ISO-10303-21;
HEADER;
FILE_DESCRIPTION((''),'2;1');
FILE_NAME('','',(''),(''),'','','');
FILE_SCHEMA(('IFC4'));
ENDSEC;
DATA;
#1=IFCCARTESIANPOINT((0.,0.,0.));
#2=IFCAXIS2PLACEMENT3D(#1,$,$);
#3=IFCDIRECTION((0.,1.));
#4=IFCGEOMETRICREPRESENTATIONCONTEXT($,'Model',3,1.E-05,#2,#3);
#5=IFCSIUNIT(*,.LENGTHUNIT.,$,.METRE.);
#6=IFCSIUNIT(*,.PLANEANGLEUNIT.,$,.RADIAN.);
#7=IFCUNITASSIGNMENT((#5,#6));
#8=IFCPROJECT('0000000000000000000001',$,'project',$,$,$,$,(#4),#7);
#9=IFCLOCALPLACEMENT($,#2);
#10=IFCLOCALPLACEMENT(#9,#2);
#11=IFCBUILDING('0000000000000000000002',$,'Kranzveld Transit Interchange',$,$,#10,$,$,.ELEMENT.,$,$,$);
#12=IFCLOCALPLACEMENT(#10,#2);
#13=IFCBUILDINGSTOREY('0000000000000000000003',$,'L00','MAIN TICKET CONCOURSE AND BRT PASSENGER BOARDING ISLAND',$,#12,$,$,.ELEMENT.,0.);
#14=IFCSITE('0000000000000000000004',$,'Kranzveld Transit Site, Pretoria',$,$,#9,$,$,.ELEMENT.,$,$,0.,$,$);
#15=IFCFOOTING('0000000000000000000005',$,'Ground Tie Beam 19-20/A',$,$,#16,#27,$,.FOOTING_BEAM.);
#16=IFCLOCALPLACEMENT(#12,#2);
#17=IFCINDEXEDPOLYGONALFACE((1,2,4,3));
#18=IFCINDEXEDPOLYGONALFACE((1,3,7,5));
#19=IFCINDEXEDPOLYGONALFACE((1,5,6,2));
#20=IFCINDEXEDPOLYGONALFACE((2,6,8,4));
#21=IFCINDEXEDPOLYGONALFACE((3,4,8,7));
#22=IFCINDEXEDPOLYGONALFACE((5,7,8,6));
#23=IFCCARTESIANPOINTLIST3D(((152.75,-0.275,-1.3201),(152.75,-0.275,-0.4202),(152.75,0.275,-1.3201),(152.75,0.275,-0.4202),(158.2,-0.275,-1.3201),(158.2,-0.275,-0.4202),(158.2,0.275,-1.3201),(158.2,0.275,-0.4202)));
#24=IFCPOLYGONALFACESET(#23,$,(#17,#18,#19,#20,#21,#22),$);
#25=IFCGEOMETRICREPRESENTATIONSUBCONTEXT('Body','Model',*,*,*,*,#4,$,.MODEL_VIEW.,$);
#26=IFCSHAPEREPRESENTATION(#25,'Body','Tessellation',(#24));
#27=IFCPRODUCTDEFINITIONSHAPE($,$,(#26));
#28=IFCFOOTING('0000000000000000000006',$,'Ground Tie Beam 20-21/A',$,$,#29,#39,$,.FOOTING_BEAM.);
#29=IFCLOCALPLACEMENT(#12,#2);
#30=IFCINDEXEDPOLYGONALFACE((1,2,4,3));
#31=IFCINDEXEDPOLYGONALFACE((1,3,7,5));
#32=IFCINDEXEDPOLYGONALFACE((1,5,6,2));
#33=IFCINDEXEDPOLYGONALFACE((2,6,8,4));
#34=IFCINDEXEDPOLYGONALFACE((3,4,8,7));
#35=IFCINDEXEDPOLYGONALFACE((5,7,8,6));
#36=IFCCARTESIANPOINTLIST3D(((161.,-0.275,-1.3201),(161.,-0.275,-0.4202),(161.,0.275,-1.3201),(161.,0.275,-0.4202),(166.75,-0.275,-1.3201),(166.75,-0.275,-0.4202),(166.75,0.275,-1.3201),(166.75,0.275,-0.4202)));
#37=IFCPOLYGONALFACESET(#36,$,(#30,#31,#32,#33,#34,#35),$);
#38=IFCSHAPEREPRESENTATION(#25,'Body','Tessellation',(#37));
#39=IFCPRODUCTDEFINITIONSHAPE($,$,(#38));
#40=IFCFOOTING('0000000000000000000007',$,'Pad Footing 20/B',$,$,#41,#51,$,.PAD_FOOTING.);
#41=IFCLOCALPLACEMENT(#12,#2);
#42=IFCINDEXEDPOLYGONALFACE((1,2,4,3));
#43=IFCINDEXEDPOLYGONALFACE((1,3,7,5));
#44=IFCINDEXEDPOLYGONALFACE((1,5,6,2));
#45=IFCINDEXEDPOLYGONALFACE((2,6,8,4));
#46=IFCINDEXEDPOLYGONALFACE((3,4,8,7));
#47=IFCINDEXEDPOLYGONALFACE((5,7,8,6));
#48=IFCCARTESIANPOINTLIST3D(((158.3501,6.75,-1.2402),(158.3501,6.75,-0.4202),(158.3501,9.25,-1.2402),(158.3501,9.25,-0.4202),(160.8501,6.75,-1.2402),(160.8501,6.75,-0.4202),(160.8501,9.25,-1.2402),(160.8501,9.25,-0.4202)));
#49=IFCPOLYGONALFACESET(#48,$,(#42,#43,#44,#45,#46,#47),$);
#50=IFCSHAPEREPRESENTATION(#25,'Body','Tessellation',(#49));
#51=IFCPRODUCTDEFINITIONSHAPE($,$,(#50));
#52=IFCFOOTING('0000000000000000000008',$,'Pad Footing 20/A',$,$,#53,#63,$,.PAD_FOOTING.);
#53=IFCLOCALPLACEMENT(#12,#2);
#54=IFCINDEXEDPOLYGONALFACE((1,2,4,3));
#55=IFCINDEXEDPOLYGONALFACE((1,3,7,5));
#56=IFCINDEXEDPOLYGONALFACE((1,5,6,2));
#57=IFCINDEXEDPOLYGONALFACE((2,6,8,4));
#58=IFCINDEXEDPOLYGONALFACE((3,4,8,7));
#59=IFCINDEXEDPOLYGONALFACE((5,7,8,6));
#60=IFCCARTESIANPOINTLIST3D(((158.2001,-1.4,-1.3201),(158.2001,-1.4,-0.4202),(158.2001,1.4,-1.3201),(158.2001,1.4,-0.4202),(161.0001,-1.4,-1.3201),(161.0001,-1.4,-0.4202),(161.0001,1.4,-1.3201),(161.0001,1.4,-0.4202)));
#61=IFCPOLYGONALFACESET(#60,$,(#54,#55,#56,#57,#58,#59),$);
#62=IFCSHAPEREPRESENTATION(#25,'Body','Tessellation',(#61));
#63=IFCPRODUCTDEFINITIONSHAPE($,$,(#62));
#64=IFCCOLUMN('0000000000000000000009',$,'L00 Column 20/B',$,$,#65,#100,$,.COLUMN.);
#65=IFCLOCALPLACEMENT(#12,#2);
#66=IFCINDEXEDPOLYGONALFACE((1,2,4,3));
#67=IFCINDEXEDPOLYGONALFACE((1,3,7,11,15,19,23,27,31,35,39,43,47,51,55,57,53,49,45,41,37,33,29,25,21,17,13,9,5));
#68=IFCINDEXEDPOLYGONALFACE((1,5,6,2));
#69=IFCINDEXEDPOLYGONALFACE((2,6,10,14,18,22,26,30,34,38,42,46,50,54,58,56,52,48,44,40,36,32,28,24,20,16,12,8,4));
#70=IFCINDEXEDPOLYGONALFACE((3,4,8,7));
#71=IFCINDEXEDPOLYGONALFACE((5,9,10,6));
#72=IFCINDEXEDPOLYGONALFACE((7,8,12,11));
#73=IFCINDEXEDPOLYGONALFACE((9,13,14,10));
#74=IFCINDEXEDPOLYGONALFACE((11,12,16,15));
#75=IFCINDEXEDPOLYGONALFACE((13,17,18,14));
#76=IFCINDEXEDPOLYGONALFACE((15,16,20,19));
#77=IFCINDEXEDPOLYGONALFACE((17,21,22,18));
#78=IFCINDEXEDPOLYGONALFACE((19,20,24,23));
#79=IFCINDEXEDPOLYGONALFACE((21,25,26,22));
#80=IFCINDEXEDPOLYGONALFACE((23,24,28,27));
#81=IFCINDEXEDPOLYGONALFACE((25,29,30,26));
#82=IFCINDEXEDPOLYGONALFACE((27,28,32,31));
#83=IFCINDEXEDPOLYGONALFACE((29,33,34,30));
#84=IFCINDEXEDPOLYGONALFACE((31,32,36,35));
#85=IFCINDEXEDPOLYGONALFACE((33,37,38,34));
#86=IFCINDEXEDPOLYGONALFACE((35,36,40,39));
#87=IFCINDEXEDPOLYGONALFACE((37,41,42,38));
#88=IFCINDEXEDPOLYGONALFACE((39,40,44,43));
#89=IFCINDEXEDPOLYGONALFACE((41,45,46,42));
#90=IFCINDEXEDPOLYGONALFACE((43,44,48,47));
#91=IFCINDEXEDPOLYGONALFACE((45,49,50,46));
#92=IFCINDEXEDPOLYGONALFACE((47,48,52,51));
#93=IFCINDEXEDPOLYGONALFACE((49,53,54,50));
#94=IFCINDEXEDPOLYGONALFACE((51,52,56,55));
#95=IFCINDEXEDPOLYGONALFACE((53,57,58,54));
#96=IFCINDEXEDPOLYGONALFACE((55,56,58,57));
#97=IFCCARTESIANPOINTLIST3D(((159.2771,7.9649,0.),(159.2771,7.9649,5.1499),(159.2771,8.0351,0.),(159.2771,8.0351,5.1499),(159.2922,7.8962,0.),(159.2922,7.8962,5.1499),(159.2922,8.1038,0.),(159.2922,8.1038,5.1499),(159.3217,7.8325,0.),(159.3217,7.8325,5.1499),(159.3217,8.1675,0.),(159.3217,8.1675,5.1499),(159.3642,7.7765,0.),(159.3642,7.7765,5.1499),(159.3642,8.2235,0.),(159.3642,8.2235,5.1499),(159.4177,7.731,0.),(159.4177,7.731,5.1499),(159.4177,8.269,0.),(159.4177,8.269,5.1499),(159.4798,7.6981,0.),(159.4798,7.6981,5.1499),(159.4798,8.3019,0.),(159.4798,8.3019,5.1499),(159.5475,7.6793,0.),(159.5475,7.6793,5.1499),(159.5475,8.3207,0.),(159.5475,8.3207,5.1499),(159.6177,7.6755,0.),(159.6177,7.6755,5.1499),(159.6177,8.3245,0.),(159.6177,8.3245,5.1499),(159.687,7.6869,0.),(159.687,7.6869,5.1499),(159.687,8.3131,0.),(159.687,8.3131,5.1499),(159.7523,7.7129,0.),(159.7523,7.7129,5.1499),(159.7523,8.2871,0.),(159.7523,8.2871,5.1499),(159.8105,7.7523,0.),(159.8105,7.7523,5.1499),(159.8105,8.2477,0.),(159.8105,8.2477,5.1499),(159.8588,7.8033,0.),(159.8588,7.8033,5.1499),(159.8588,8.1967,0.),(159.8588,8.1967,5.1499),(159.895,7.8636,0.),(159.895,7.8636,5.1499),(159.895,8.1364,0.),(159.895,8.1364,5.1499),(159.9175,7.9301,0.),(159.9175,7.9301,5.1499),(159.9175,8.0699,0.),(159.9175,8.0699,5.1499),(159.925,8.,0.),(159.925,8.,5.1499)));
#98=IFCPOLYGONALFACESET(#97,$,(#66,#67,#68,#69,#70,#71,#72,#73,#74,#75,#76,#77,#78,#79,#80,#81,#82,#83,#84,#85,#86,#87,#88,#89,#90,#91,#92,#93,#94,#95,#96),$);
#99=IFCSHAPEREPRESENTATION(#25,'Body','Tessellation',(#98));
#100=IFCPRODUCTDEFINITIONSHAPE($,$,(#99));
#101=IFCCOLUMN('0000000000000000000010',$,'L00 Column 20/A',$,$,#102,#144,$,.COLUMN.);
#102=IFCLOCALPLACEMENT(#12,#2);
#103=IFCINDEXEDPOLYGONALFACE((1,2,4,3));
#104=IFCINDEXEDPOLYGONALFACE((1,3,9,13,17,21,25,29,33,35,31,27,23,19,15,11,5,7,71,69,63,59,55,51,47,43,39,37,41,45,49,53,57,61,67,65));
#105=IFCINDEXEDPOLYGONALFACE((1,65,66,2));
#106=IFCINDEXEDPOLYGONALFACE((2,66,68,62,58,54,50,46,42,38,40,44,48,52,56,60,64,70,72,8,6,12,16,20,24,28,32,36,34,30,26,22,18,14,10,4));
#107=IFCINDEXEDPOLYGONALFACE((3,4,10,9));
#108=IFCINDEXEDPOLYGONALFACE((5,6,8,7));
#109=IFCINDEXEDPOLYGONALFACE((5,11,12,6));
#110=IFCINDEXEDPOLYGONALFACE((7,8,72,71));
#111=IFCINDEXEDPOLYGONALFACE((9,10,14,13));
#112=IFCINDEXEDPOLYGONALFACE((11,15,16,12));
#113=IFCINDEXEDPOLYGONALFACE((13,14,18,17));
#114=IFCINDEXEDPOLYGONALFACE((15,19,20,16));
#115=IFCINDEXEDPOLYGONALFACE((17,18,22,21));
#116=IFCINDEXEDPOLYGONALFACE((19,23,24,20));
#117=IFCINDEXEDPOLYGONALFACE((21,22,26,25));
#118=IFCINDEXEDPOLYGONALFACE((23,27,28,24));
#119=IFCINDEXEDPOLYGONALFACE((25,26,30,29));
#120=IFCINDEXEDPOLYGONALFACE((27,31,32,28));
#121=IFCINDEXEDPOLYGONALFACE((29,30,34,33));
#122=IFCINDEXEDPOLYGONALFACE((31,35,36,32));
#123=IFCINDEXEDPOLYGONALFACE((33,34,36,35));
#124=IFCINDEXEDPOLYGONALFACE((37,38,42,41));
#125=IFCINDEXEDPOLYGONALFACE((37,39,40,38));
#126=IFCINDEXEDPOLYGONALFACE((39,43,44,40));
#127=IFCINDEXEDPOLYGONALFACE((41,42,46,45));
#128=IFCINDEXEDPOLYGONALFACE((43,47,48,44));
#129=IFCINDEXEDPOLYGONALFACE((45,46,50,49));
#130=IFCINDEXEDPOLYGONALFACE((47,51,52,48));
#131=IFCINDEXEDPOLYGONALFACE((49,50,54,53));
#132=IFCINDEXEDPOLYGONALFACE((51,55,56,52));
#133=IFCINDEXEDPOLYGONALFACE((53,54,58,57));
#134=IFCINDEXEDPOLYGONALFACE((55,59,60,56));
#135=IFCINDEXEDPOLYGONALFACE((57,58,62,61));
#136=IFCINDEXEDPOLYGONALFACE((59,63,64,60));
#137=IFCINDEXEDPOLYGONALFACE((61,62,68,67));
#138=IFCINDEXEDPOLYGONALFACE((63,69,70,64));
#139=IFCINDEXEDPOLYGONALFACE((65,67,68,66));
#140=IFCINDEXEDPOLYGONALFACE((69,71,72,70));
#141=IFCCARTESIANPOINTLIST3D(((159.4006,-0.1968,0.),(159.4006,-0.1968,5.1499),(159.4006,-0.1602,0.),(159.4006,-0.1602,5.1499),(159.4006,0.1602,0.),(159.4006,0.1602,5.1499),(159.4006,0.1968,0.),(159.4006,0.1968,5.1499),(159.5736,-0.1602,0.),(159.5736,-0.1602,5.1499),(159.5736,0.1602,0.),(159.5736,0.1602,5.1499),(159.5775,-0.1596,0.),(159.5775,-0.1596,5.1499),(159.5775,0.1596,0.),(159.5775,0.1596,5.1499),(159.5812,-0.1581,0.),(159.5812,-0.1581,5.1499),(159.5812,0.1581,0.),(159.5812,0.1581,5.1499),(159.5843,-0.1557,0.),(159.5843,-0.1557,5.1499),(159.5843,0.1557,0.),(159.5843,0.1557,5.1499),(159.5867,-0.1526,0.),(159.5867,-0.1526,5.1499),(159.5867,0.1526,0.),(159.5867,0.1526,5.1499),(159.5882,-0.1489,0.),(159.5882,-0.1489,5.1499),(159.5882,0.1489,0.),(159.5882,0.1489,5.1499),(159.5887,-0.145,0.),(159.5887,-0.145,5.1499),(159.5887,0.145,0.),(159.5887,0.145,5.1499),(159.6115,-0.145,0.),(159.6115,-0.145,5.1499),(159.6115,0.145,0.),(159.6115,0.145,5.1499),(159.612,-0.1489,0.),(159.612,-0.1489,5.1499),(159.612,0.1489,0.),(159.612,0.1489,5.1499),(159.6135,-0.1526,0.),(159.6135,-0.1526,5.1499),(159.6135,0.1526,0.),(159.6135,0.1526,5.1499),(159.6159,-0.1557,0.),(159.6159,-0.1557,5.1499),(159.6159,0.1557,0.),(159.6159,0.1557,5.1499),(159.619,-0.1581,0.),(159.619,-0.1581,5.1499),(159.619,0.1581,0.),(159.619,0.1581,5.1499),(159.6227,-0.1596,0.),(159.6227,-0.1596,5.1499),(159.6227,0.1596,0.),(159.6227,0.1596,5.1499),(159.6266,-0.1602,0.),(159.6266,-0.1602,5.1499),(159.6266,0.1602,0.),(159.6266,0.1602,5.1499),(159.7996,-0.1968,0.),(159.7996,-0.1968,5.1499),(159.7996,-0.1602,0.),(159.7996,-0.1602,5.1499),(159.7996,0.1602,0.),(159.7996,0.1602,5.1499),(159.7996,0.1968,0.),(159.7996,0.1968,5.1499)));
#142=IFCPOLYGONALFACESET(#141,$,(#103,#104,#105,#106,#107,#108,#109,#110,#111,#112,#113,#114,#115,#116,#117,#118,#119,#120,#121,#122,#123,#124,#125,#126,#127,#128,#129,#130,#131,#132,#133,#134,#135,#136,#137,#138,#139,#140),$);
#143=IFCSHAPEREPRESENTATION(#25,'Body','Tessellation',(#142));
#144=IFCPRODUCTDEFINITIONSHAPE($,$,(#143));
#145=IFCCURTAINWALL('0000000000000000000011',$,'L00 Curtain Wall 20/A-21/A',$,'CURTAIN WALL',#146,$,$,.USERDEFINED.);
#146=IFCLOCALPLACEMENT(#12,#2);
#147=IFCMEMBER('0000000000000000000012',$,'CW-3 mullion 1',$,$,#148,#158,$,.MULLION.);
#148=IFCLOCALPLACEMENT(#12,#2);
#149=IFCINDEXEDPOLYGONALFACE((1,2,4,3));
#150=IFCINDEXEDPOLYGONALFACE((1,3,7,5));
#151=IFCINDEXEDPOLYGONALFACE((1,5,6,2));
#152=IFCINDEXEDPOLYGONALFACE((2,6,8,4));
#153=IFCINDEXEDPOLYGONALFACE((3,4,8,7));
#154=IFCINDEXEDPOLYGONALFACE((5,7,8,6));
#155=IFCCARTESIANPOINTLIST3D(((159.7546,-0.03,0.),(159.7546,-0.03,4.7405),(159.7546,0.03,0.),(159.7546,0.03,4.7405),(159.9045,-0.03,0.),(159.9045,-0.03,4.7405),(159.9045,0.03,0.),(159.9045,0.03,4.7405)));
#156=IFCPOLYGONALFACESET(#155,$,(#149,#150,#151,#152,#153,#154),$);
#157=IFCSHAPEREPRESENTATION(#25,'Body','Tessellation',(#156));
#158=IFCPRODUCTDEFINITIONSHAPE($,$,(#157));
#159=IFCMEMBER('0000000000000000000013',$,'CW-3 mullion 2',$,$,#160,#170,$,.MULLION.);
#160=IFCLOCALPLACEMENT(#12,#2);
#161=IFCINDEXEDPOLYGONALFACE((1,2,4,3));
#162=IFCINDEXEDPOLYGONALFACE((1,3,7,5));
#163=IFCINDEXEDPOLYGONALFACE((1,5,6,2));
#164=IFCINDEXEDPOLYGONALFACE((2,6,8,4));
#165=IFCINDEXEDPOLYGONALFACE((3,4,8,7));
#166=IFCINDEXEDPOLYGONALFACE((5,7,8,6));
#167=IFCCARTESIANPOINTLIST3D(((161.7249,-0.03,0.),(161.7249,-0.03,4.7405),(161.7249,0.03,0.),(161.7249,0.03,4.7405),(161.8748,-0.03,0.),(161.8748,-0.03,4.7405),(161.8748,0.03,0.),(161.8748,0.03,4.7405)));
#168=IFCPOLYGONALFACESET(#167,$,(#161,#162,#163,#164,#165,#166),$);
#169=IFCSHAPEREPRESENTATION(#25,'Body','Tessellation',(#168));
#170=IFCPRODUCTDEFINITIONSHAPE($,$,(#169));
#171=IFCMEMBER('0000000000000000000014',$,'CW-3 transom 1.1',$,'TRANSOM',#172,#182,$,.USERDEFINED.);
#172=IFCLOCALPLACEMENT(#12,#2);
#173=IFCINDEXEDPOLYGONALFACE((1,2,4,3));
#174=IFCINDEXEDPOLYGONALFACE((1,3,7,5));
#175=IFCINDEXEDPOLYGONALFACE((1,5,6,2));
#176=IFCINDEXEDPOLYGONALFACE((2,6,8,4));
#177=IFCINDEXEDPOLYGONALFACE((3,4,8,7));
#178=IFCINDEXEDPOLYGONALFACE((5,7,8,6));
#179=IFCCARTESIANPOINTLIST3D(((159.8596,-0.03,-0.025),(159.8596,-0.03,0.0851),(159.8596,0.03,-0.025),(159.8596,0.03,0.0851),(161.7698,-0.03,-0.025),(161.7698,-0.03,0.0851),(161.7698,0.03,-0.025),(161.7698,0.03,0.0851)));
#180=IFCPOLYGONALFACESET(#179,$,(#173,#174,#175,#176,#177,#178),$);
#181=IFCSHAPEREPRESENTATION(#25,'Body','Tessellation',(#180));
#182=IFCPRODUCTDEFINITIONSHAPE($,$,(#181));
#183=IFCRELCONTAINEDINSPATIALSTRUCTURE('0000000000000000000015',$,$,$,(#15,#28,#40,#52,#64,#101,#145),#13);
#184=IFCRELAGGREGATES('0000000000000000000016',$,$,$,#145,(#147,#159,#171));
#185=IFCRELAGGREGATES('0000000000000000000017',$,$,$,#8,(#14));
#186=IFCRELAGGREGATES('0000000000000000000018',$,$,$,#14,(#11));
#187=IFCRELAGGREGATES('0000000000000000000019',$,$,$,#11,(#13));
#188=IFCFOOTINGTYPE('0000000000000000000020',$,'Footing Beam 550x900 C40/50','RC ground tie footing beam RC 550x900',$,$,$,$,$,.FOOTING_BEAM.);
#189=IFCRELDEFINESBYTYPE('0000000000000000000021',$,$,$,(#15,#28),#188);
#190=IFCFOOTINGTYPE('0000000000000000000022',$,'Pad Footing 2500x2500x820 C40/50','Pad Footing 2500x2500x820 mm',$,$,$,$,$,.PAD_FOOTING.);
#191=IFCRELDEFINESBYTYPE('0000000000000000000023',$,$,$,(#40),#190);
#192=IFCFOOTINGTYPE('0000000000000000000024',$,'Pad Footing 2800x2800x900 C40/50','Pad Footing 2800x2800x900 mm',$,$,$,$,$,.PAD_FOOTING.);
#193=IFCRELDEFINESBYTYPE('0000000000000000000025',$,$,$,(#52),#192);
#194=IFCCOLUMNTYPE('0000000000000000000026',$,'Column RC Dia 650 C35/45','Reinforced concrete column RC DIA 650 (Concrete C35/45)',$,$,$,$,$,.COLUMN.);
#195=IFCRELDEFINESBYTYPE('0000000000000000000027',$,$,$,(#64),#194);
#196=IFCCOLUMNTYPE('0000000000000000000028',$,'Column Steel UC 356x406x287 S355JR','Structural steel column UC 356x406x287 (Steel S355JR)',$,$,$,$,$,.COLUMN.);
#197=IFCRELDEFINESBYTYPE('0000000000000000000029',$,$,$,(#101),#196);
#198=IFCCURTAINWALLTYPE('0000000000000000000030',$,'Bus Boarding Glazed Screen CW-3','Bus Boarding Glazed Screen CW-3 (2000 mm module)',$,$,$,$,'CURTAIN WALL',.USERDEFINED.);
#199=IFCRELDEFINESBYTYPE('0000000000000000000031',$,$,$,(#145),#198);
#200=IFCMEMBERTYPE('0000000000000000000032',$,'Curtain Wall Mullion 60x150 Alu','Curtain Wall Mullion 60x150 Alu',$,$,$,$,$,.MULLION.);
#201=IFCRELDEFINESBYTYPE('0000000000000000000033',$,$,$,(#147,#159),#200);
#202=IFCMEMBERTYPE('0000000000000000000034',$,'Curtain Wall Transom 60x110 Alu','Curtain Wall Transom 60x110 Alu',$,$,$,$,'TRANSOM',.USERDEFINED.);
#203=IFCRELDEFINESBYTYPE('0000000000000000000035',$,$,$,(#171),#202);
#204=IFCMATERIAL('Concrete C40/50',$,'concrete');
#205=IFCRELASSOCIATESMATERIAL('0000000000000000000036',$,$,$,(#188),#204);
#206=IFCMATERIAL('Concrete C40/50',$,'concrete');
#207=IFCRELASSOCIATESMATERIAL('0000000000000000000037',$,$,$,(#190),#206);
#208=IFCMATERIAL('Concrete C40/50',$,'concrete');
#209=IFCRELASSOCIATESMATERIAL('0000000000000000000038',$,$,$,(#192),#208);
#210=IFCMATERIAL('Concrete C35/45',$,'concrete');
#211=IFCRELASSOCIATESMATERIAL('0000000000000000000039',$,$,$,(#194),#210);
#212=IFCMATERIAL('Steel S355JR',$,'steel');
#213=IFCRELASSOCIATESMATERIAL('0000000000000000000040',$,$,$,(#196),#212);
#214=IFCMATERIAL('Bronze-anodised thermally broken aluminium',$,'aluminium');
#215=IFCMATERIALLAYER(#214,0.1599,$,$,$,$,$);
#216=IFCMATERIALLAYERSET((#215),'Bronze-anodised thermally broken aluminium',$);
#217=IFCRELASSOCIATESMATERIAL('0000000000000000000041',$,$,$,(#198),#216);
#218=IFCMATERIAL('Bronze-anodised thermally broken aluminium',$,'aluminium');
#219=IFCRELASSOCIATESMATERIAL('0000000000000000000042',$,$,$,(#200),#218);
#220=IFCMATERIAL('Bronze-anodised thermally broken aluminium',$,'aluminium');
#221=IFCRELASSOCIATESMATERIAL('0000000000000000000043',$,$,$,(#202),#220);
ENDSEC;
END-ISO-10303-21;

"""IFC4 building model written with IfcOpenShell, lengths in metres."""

from ifc_helpers import new_model, si_unit, direction, frame, origin, origin_2d, place, context, subcontext, project, spatial, rectangle, circle, i_section, extrude, material, layer, layer_set, material_profile, profile_set, type_object, element, aggregate, save


model = new_model("IFC4")

# Units and contexts
model_context = context("Model", 3, precision=1e-05, world=origin(), true_north=direction((0.0, 1.0)))
body_context = subcontext(model_context, "Body", "Model", "MODEL_VIEW")
ifc_project = project(units=[si_unit("LENGTHUNIT", "METRE"), si_unit("PLANEANGLEUNIT", "RADIAN")], contexts=[model_context])

# Site, building, storey
site_placement = place(None, origin())
site = spatial("IfcSite", under=ifc_project, at=site_placement, Name="Kranzveld Transit Site, Pretoria", CompositionType="ELEMENT", RefElevation=0.0)
building_placement = place(site_placement, origin())
building = spatial("IfcBuilding", under=site, at=building_placement, Name="Kranzveld Transit Interchange", CompositionType="ELEMENT")
storey_placement = place(building_placement, origin())
storey = spatial("IfcBuildingStorey", under=building, at=storey_placement, Name="L00", Description="MAIN TICKET CONCOURSE AND BRT PASSENGER BOARDING ISLAND", CompositionType="ELEMENT", Elevation=0.0)

# Footings
ifc_material_1 = material(Name="Concrete C40/50", Category="concrete")
ifc_material_profile_1 = material_profile(ifc_material_1, rectangle(XDim=0.55, YDim=0.8999, at=origin_2d()), Name="RC 550x900")
ifc_profile_set_1 = profile_set([ifc_material_profile_1], Name="Concrete C40/50")
footing_type_1 = type_object("IfcFootingType", Name="Footing Beam 550x900 C40/50", Description="RC ground tie footing beam RC 550x900", PredefinedType="FOOTING_BEAM", material=ifc_profile_set_1)
footing_1_placement = place(storey_placement, frame((152.75, 0.0, -0.8701), z_axis=(1.0, 0.0, 0.0), x_axis=(0.0, 1.0, 0.0)))
element("IfcFooting", 1, at=footing_1_placement, inside=storey, type_object=footing_type_1, Name="Ground Tie Beam 19-20/A", PredefinedType="FOOTING_BEAM", context=body_context, shape_type="SweptSolid", body=[
    extrude(rectangle(XDim=0.55, YDim=0.8999, at=origin_2d()), origin(), (0.0, 0.0, 1.0), 5.45),
])
footing_2_placement = place(storey_placement, frame((161.0, 0.0, -0.8701), z_axis=(1.0, 0.0, 0.0), x_axis=(0.0, 1.0, 0.0)))
element("IfcFooting", 2, at=footing_2_placement, inside=storey, type_object=footing_type_1, Name="Ground Tie Beam 20-21/A", PredefinedType="FOOTING_BEAM", context=body_context, shape_type="SweptSolid", body=[
    extrude(rectangle(XDim=0.55, YDim=0.8999, at=origin_2d()), origin(), (0.0, 0.0, 1.0), 5.75),
])
ifc_material_2 = material(Name="Concrete C40/50", Category="concrete")
footing_type_2 = type_object("IfcFootingType", Name="Pad Footing 2500x2500x820 C40/50", Description="Pad Footing 2500x2500x820 mm", PredefinedType="PAD_FOOTING", material=ifc_material_2)
footing_3_placement = place(storey_placement, frame((159.6001, 8.0, -1.2402), z_axis=(0.0, 0.0, 1.0), x_axis=(1.0, 0.0, 0.0)))
element("IfcFooting", 3, at=footing_3_placement, inside=storey, type_object=footing_type_2, Name="Pad Footing 20/B", PredefinedType="PAD_FOOTING", context=body_context, shape_type="SweptSolid", body=[
    extrude(rectangle(XDim=2.5, YDim=2.5, at=origin_2d()), origin(), (0.0, 0.0, 1.0), 0.8201),
])
ifc_material_3 = material(Name="Concrete C40/50", Category="concrete")
footing_type_3 = type_object("IfcFootingType", Name="Pad Footing 2800x2800x900 C40/50", Description="Pad Footing 2800x2800x900 mm", PredefinedType="PAD_FOOTING", material=ifc_material_3)
footing_4_placement = place(storey_placement, frame((159.6001, 0.0, -1.3201), z_axis=(0.0, 0.0, 1.0), x_axis=(1.0, 0.0, 0.0)))
element("IfcFooting", 4, at=footing_4_placement, inside=storey, type_object=footing_type_3, Name="Pad Footing 20/A", PredefinedType="PAD_FOOTING", context=body_context, shape_type="SweptSolid", body=[
    extrude(rectangle(XDim=2.8, YDim=2.8, at=origin_2d()), origin(), (0.0, 0.0, 1.0), 0.8999),
])

# Columns
ifc_material_4 = material(Name="Concrete C35/45", Category="concrete")
ifc_material_profile_2 = material_profile(ifc_material_4, circle(Radius=0.325, at=origin_2d()), Name="RC DIA 650")
ifc_profile_set_2 = profile_set([ifc_material_profile_2], Name="Concrete C35/45")
column_type_1 = type_object("IfcColumnType", Name="Column RC Dia 650 C35/45", Description="Reinforced concrete column RC DIA 650 (Concrete C35/45)", PredefinedType="COLUMN", material=ifc_profile_set_2)
column_1_placement = place(storey_placement, frame((159.6001, 8.0, 0.0), z_axis=(0.0, 0.0, 1.0), x_axis=(1.0, 0.0, 0.0)))
element("IfcColumn", 5, at=column_1_placement, inside=storey, type_object=column_type_1, Name="L00 Column 20/B", PredefinedType="COLUMN", context=body_context, shape_type="SweptSolid", body=[
    extrude(circle(Radius=0.325, at=origin_2d()), origin(), (0.0, 0.0, 1.0), 5.1499),
])
ifc_material_5 = material(Name="Steel S355JR", Category="steel")
ifc_material_profile_3 = material_profile(ifc_material_5, i_section(OverallWidth=0.3989, OverallDepth=0.3936, WebThickness=0.0227, FlangeThickness=0.0366, FilletRadius=0.0151, at=origin_2d()), Name="UC 356x406x287")
ifc_profile_set_3 = profile_set([ifc_material_profile_3], Name="Steel S355JR")
column_type_2 = type_object("IfcColumnType", Name="Column Steel UC 356x406x287 S355JR", Description="Structural steel column UC 356x406x287 (Steel S355JR)", PredefinedType="COLUMN", material=ifc_profile_set_3)
column_2_placement = place(storey_placement, frame((159.6001, 0.0, 0.0), z_axis=(0.0, 0.0, 1.0), x_axis=(1.0, 0.0, 0.0)))
element("IfcColumn", 6, at=column_2_placement, inside=storey, type_object=column_type_2, Name="L00 Column 20/A", PredefinedType="COLUMN", context=body_context, shape_type="SweptSolid", body=[
    extrude(i_section(OverallWidth=0.3989, OverallDepth=0.3936, WebThickness=0.0227, FlangeThickness=0.0366, FilletRadius=0.0151, at=origin_2d()), origin(), (0.0, 0.0, 1.0), 5.1499),
])

# Curtain wall, members
ifc_material_6 = material(Name="Bronze-anodised thermally broken aluminium", Category="aluminium")
ifc_layer_1 = layer(ifc_material_6, 0.1599)
ifc_layer_set_1 = layer_set([ifc_layer_1], Name="Bronze-anodised thermally broken aluminium")
curtain_wall_type = type_object("IfcCurtainWallType", Name="Bus Boarding Glazed Screen CW-3", Description="Bus Boarding Glazed Screen CW-3 (2000 mm module)", ElementType="CURTAIN WALL", PredefinedType="USERDEFINED", material=ifc_layer_set_1)
curtain_wall_placement = place(storey_placement, origin())
curtain_wall = element("IfcCurtainWall", 7, at=curtain_wall_placement, inside=storey, type_object=curtain_wall_type, Name="L00 Curtain Wall 20/A-21/A", ObjectType="CURTAIN WALL", PredefinedType="USERDEFINED")
ifc_material_7 = material(Name="Bronze-anodised thermally broken aluminium", Category="aluminium")
ifc_material_profile_4 = material_profile(ifc_material_7, rectangle(XDim=0.0601, YDim=0.1499, at=origin_2d()), Name="ALU MULLION 60x150")
ifc_profile_set_4 = profile_set([ifc_material_profile_4], Name="Bronze-anodised thermally broken aluminium")
member_type_1 = type_object("IfcMemberType", Name="Curtain Wall Mullion 60x150 Alu", Description="Curtain Wall Mullion 60x150 Alu", PredefinedType="MULLION", material=ifc_profile_set_4)
member_1_placement = place(storey_placement, frame((159.8296, 0.0, 0.0), z_axis=(0.0, 0.0, 1.0), x_axis=(0.0, 1.0, 0.0)))
member_1 = element("IfcMember", 8, at=member_1_placement, type_object=member_type_1, Name="CW-3 mullion 1", PredefinedType="MULLION", context=body_context, shape_type="SweptSolid", body=[
    extrude(rectangle(XDim=0.0601, YDim=0.1499, at=origin_2d()), origin(), (0.0, 0.0, 1.0), 4.7405),
])
member_2_placement = place(storey_placement, frame((161.7998, 0.0, 0.0), z_axis=(0.0, 0.0, 1.0), x_axis=(0.0, 1.0, 0.0)))
member_2 = element("IfcMember", 9, at=member_2_placement, type_object=member_type_1, Name="CW-3 mullion 2", PredefinedType="MULLION", context=body_context, shape_type="SweptSolid", body=[
    extrude(rectangle(XDim=0.0601, YDim=0.1499, at=origin_2d()), origin(), (0.0, 0.0, 1.0), 4.7405),
])
ifc_material_8 = material(Name="Bronze-anodised thermally broken aluminium", Category="aluminium")
ifc_material_profile_5 = material_profile(ifc_material_8, rectangle(XDim=0.0601, YDim=0.1101, at=origin_2d()), Name="ALU TRANSOM 60x110")
ifc_profile_set_5 = profile_set([ifc_material_profile_5], Name="Bronze-anodised thermally broken aluminium")
member_type_2 = type_object("IfcMemberType", Name="Curtain Wall Transom 60x110 Alu", Description="Curtain Wall Transom 60x110 Alu", ElementType="TRANSOM", PredefinedType="USERDEFINED", material=ifc_profile_set_5)
member_3_placement = place(storey_placement, frame((159.8596, 0.0, 0.03), z_axis=(1.0, 0.0, 0.0), x_axis=(0.0, 1.0, 0.0)))
member_3 = element("IfcMember", 10, at=member_3_placement, type_object=member_type_2, Name="CW-3 transom 1.1", ObjectType="TRANSOM", PredefinedType="USERDEFINED", context=body_context, shape_type="SweptSolid", body=[
    extrude(rectangle(XDim=0.0601, YDim=0.1101, at=origin_2d()), origin(), (0.0, 0.0, 1.0), 1.9102),
])

aggregate(curtain_wall, [member_1, member_2, member_3])

save(model, "model.ifc")
